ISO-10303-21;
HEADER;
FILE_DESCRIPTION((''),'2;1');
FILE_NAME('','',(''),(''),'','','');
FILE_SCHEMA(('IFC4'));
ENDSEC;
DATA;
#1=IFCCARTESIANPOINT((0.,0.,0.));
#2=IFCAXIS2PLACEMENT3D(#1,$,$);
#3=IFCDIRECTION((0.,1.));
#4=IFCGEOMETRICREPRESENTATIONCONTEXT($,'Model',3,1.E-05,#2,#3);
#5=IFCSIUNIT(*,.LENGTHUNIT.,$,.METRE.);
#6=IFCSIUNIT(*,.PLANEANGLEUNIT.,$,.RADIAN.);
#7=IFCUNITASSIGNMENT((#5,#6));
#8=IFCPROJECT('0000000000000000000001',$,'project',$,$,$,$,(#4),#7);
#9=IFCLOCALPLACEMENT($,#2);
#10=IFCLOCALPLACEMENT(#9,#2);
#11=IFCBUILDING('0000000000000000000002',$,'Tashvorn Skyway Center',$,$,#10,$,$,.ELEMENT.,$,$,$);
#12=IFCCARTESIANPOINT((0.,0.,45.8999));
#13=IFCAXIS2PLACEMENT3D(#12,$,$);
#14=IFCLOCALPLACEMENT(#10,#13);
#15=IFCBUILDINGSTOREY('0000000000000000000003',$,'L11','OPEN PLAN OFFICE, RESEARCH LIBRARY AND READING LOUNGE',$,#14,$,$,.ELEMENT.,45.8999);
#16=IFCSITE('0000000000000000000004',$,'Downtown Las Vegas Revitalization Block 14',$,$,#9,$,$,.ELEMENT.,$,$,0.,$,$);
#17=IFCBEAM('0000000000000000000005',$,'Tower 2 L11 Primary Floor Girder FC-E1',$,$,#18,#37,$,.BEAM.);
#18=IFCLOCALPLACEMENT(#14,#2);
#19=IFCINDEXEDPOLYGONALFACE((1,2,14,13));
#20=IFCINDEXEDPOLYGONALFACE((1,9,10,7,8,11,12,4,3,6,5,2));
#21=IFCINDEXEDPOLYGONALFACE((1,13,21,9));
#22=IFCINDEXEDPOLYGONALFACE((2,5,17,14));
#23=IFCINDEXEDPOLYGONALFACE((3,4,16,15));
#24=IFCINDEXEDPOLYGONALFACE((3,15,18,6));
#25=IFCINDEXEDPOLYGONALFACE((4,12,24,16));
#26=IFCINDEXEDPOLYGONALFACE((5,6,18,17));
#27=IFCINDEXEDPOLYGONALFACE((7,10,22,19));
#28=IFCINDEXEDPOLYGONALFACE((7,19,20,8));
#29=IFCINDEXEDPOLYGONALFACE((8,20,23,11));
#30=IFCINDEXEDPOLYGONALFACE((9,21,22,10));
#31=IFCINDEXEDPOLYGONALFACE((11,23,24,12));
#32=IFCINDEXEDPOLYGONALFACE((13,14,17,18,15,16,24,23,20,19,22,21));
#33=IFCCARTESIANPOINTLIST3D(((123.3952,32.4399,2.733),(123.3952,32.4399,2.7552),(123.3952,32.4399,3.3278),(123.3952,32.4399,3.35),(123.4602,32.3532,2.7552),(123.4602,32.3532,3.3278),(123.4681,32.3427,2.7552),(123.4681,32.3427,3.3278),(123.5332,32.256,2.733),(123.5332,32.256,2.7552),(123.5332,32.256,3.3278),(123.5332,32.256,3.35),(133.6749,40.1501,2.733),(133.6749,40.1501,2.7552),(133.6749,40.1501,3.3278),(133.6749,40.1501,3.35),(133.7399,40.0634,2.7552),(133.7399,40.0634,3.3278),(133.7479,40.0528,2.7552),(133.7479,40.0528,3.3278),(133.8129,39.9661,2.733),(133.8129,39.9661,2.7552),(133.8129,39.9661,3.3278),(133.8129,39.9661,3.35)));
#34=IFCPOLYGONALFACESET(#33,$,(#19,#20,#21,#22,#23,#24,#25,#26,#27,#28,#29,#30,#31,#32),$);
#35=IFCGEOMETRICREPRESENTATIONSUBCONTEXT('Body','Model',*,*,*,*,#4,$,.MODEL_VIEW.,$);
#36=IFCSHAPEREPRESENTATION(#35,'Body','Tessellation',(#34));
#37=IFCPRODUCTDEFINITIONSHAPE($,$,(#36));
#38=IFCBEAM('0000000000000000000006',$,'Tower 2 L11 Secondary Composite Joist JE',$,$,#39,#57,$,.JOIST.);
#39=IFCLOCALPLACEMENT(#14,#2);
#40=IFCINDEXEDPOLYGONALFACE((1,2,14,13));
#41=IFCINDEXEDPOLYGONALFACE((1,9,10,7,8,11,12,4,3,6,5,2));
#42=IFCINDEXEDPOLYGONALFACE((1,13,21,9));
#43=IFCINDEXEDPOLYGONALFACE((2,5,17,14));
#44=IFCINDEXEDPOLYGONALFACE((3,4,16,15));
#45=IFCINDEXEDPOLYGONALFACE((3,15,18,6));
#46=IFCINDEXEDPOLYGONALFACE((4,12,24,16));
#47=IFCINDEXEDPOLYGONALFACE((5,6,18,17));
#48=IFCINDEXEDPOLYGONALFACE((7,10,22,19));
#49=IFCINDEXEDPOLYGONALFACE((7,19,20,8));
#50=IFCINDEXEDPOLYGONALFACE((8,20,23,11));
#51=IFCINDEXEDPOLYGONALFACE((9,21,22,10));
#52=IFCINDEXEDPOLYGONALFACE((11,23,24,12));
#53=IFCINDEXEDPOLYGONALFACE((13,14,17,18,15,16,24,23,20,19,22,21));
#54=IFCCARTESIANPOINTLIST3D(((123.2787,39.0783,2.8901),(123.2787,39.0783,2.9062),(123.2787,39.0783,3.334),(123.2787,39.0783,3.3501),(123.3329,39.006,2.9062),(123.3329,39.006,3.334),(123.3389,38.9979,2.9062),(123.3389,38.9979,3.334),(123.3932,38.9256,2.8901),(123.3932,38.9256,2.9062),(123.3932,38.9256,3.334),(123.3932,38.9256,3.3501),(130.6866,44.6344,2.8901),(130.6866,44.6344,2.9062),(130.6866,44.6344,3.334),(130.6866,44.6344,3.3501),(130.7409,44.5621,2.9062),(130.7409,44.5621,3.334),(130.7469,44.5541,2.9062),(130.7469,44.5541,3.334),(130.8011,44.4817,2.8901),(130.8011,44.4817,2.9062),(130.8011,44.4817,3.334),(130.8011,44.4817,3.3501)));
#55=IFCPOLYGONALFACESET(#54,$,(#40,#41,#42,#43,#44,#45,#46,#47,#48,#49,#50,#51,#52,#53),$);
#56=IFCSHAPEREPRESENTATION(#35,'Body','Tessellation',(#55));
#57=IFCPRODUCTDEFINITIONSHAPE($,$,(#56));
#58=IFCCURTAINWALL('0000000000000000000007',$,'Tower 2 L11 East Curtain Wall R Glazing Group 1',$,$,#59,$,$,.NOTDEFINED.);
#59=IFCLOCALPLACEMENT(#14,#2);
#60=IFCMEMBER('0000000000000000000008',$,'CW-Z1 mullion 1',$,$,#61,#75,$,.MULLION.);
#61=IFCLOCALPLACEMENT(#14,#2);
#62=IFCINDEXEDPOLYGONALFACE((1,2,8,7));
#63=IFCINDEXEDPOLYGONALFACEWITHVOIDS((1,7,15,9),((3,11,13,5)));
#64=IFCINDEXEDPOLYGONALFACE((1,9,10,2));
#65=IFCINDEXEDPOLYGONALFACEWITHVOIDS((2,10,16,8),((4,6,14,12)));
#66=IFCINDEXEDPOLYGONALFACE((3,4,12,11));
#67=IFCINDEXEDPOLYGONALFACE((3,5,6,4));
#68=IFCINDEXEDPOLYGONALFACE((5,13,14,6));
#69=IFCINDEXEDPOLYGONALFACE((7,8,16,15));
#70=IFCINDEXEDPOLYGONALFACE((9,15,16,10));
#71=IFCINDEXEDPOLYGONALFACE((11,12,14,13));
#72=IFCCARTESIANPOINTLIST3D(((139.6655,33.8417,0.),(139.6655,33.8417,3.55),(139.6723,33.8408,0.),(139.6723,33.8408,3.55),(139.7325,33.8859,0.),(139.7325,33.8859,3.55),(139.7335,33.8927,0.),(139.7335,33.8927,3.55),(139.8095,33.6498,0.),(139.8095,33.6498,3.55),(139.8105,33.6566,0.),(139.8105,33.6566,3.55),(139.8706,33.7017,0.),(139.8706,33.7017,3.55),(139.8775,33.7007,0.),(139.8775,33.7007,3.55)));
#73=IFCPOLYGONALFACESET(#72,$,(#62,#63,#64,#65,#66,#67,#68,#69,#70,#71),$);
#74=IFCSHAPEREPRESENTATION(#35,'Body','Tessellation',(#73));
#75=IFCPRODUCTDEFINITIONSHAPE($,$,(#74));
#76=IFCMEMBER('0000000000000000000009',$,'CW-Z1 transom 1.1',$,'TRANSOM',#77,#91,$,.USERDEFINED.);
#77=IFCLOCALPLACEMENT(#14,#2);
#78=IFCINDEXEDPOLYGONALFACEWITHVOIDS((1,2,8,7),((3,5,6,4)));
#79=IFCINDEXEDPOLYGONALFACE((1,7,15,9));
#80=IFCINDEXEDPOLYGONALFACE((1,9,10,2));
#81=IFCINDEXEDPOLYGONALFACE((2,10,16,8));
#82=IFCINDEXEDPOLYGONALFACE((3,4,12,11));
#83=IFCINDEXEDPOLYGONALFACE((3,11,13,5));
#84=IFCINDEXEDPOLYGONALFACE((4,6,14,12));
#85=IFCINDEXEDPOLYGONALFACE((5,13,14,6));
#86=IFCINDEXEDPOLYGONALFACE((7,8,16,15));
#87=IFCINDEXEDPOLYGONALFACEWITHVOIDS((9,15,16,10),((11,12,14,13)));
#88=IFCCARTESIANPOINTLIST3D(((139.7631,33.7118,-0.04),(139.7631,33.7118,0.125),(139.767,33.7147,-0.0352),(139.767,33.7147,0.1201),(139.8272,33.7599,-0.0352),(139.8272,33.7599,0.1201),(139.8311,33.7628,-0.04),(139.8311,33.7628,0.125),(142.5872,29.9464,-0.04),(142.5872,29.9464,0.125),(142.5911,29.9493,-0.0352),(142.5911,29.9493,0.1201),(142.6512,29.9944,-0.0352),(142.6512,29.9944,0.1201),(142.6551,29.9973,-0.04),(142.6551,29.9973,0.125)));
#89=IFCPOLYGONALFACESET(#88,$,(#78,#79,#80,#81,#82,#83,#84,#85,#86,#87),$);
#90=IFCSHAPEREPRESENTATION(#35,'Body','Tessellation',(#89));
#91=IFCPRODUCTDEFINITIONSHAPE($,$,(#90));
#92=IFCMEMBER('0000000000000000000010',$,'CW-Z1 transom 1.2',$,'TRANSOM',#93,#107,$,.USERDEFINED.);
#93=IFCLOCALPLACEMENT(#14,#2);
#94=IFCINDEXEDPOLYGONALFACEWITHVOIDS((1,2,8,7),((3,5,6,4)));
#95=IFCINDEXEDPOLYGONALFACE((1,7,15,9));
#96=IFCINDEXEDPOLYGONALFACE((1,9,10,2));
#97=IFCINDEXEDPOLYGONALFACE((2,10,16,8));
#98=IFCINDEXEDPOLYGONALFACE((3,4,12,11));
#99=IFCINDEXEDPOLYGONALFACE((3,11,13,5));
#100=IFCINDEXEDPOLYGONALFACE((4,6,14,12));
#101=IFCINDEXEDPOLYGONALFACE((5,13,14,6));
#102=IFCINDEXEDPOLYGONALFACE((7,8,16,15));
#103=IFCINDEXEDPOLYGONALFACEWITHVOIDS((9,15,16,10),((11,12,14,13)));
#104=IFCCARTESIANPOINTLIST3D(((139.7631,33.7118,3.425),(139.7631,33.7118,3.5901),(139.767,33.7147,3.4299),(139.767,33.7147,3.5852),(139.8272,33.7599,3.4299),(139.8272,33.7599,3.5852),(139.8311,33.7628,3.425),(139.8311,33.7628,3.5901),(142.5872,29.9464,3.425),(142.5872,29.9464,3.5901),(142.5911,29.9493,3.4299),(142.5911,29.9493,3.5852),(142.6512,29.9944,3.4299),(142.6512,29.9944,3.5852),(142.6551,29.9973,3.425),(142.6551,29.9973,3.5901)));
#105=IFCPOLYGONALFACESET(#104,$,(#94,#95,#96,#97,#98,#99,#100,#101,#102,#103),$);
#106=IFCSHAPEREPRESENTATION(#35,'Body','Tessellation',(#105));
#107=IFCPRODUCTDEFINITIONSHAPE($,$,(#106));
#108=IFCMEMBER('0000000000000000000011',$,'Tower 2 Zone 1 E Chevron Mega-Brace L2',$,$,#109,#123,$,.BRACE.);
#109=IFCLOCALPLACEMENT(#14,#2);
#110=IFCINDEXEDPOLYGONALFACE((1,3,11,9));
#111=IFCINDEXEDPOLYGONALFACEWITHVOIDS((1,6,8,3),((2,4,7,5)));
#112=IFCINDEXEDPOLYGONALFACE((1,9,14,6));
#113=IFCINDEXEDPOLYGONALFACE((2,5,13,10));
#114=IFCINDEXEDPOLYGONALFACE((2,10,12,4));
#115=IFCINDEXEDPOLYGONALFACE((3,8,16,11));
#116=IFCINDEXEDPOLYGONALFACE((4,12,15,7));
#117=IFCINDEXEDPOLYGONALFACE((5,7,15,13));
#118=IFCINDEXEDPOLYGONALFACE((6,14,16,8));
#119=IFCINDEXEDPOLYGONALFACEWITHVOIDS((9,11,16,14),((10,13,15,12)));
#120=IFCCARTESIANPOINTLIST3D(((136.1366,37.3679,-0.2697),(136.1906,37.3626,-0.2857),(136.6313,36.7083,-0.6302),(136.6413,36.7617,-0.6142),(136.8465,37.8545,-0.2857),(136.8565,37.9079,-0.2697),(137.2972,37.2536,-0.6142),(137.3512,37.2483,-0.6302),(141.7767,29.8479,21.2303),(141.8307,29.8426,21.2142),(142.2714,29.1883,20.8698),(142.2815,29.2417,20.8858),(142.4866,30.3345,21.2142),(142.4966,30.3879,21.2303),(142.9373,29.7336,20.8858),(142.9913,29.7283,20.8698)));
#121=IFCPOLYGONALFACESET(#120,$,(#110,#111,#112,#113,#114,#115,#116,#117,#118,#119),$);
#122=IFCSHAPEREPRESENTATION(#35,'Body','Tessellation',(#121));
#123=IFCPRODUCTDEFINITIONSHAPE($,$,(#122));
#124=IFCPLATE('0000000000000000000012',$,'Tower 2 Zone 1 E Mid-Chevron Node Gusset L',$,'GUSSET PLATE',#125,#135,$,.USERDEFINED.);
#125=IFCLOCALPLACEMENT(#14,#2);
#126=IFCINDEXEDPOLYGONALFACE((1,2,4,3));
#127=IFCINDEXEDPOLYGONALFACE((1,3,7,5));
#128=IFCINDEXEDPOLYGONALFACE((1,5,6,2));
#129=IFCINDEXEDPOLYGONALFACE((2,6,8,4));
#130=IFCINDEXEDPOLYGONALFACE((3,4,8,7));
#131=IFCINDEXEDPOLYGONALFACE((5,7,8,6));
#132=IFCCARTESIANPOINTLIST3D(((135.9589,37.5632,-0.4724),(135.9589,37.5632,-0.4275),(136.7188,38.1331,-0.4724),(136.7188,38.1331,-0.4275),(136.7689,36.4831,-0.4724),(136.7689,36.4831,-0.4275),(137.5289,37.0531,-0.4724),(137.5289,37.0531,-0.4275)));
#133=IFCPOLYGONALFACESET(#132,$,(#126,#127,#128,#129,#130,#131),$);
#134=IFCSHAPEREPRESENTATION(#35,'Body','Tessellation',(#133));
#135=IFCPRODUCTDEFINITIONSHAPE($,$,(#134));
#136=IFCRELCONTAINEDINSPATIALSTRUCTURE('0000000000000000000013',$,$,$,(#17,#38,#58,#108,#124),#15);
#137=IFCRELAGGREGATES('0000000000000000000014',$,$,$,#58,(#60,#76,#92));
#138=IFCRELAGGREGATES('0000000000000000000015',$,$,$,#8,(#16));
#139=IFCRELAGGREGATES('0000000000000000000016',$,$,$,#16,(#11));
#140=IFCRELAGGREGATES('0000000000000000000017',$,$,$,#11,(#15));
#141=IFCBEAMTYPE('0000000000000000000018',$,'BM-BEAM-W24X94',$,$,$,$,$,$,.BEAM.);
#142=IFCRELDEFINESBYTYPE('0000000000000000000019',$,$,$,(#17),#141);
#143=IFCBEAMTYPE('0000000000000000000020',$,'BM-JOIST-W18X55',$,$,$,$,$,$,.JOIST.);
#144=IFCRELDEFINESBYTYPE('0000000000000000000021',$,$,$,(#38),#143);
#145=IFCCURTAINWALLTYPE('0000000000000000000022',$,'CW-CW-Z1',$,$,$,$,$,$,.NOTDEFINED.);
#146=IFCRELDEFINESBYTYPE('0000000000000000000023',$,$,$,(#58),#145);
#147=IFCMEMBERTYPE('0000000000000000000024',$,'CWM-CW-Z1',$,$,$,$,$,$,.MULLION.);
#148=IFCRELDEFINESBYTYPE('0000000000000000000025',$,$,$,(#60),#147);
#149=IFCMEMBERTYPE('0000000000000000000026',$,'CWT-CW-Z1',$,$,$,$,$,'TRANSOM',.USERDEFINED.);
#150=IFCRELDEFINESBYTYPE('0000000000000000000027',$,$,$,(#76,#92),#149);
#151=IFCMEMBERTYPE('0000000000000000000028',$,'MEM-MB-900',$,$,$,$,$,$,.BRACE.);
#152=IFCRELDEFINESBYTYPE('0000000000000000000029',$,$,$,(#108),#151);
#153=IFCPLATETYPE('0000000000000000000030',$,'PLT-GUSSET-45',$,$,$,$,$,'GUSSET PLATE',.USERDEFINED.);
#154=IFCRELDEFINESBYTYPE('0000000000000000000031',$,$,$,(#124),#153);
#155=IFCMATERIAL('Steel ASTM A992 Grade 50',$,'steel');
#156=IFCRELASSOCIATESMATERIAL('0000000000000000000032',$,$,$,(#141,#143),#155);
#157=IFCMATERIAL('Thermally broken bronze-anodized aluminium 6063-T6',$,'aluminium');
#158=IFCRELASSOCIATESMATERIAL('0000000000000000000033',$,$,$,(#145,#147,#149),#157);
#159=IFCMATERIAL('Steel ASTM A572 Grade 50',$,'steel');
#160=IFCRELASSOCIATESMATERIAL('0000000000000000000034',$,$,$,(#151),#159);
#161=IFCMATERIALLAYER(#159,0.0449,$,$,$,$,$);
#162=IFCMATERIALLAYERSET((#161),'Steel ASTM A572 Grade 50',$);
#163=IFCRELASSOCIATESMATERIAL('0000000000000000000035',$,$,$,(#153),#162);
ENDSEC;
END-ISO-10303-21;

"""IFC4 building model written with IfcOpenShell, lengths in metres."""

from ifc_helpers import new_model, si_unit, direction, frame, origin, origin_2d, place, context, subcontext, project, spatial, rectangle, hollow_rectangle, i_section, extrude, material, layer, layer_set, material_profile, profile_set, type_object, element, aggregate, save


model = new_model("IFC4")

# Units and contexts
model_context = context("Model", 3, precision=1e-05, world=origin(), true_north=direction((0.0, 1.0)))
body_context = subcontext(model_context, "Body", "Model", "MODEL_VIEW")
ifc_project = project(units=[si_unit("LENGTHUNIT", "METRE"), si_unit("PLANEANGLEUNIT", "RADIAN")], contexts=[model_context])

# Site, building, storey
site_placement = place(None, origin())
site = spatial("IfcSite", under=ifc_project, at=site_placement, Name="Downtown Las Vegas Revitalization Block 14", CompositionType="ELEMENT", RefElevation=0.0)
building_placement = place(site_placement, origin())
building = spatial("IfcBuilding", under=site, at=building_placement, Name="Tashvorn Skyway Center", CompositionType="ELEMENT")
storey_placement = place(building_placement, frame((0.0, 0.0, 45.8999)))
storey = spatial("IfcBuildingStorey", under=building, at=storey_placement, Name="L11", Description="OPEN PLAN OFFICE, RESEARCH LIBRARY AND READING LOUNGE", CompositionType="ELEMENT", Elevation=45.8999)

# Beams
ifc_material_1 = material(Name="Steel ASTM A992 Grade 50", Category="steel")
ifc_material_profile_1 = material_profile(ifc_material_1, i_section(OverallWidth=0.23, OverallDepth=0.6169, WebThickness=0.0132, FlangeThickness=0.0222, at=origin_2d()), Name="W24X94")
ifc_profile_set_1 = profile_set([ifc_material_profile_1], Name="Steel ASTM A992 Grade 50")
beam_type_1 = type_object("IfcBeamType", Name="BM-BEAM-W24X94", PredefinedType="BEAM", material=ifc_profile_set_1)
beam_1_placement = place(storey_placement, frame((133.7439, 40.0581, 3.0415), z_axis=(-0.799986, -0.600018, 0.0), x_axis=(0.600018, -0.799986, 0.0)))
element("IfcBeam", 1, at=beam_1_placement, inside=storey, type_object=beam_type_1, Name="Tower 2 L11 Primary Floor Girder FC-E1", PredefinedType="BEAM", context=body_context, shape_type="SweptSolid", body=[
    extrude(i_section(OverallWidth=0.23, OverallDepth=0.6169, WebThickness=0.0132, FlangeThickness=0.0222, at=origin_2d()), origin(), (0.0, 0.0, 1.0), 12.8499),
])
ifc_material_profile_2 = material_profile(ifc_material_1, i_section(OverallWidth=0.1909, OverallDepth=0.46, WebThickness=0.01, FlangeThickness=0.0161, at=origin_2d()), Name="W18X55")
ifc_profile_set_2 = profile_set([ifc_material_profile_2], Name="Steel ASTM A992 Grade 50")
beam_type_2 = type_object("IfcBeamType", Name="BM-JOIST-W18X55", PredefinedType="JOIST", material=ifc_profile_set_2)
beam_2_placement = place(storey_placement, frame((123.3359, 39.002, 3.1201), z_axis=(0.799991, 0.600013, 0.0), x_axis=(-0.600013, 0.799991, 0.0)))
element("IfcBeam", 2, at=beam_2_placement, inside=storey, type_object=beam_type_2, Name="Tower 2 L11 Secondary Composite Joist JE", PredefinedType="JOIST", context=body_context, shape_type="SweptSolid", body=[
    extrude(i_section(OverallWidth=0.1909, OverallDepth=0.46, WebThickness=0.01, FlangeThickness=0.0161, at=origin_2d()), origin(), (0.0, 0.0, 1.0), 9.26),
])

# Curtain wall, members
ifc_material_2 = material(Name="Thermally broken bronze-anodized aluminium 6063-T6", Category="aluminium")
curtain_wall_type = type_object("IfcCurtainWallType", Name="CW-CW-Z1", PredefinedType="NOTDEFINED", material=ifc_material_2)
curtain_wall_placement = place(storey_placement, origin())
curtain_wall = element("IfcCurtainWall", 3, at=curtain_wall_placement, inside=storey, type_object=curtain_wall_type, Name="Tower 2 L11 East Curtain Wall R Glazing Group 1", PredefinedType="NOTDEFINED")
ifc_material_profile_3 = material_profile(ifc_material_2, hollow_rectangle(XDim=0.085, YDim=0.24, WallThickness=0.0049, at=origin_2d()), Name="ALU-MULL-85x240")
ifc_profile_set_3 = profile_set([ifc_material_profile_3], Name="Thermally broken bronze-anodized aluminium 6063-T6")
member_type_1 = type_object("IfcMemberType", Name="CWM-CW-Z1", PredefinedType="MULLION", material=ifc_profile_set_3)
member_1_placement = place(storey_placement, frame((139.7715, 33.7712, 0.0), z_axis=(0.0, 0.0, 1.0), x_axis=(0.799998, 0.600003, 0.0)))
member_1 = element("IfcMember", 4, at=member_1_placement, type_object=member_type_1, Name="CW-Z1 mullion 1", PredefinedType="MULLION", context=body_context, shape_type="SweptSolid", body=[
    extrude(hollow_rectangle(XDim=0.085, YDim=0.24, WallThickness=0.0049, at=origin_2d()), origin(), (0.0, 0.0, 1.0), 3.55),
])
ifc_material_profile_4 = material_profile(ifc_material_2, hollow_rectangle(XDim=0.085, YDim=0.165, WallThickness=0.0049, at=origin_2d()), Name="ALU-TRAN-85x165")
ifc_profile_set_4 = profile_set([ifc_material_profile_4], Name="Thermally broken bronze-anodized aluminium 6063-T6")
member_type_2 = type_object("IfcMemberType", Name="CWT-CW-Z1", ElementType="TRANSOM", PredefinedType="USERDEFINED", material=ifc_profile_set_4)
member_2_placement = place(storey_placement, frame((139.7971, 33.7373, 0.0425), z_axis=(0.599992, -0.800006, 0.0), x_axis=(0.800006, 0.599992, 0.0)))
member_2 = element("IfcMember", 5, at=member_2_placement, type_object=member_type_2, Name="CW-Z1 transom 1.1", ObjectType="TRANSOM", PredefinedType="USERDEFINED", context=body_context, shape_type="SweptSolid", body=[
    extrude(hollow_rectangle(XDim=0.085, YDim=0.165, WallThickness=0.0049, at=origin_2d()), origin(), (0.0, 0.0, 1.0), 4.7068),
])
member_3_placement = place(storey_placement, frame((139.7971, 33.7373, 3.5076), z_axis=(0.599992, -0.800006, 0.0), x_axis=(0.800006, 0.599992, 0.0)))
member_3 = element("IfcMember", 6, at=member_3_placement, type_object=member_type_2, Name="CW-Z1 transom 1.2", ObjectType="TRANSOM", PredefinedType="USERDEFINED", context=body_context, shape_type="SweptSolid", body=[
    extrude(hollow_rectangle(XDim=0.085, YDim=0.165, WallThickness=0.0049, at=origin_2d()), origin(), (0.0, 0.0, 1.0), 4.7068),
])
aggregate(curtain_wall, [member_1, member_2, member_3])

# Member
ifc_material_3 = material(Name="Steel ASTM A572 Grade 50", Category="steel")
ifc_material_profile_5 = material_profile(ifc_material_3, hollow_rectangle(XDim=0.8999, YDim=0.8999, WallThickness=0.04, at=origin_2d()), Name="BOX900x900x40")
ifc_profile_set_5 = profile_set([ifc_material_profile_5], Name="Steel ASTM A572 Grade 50")
member_type_3 = type_object("IfcMemberType", Name="MEM-MB-900", PredefinedType="BRACE", material=ifc_profile_set_5)
member_4_placement = place(storey_placement, frame((136.7439, 37.3081, -0.45), z_axis=(0.240363, -0.320477, 0.916254), x_axis=(0.799994, 0.600008, 0.0)))
element("IfcMember", 7, at=member_4_placement, inside=storey, type_object=member_type_3, Name="Tower 2 Zone 1 E Chevron Mega-Brace L2", PredefinedType="BRACE", context=body_context, shape_type="SweptSolid", body=[
    extrude(hollow_rectangle(XDim=0.8999, YDim=0.8999, WallThickness=0.04, at=origin_2d()), origin(), (0.0, 0.0, 1.0), 23.4651),
])

# Plate
ifc_layer_1 = layer(ifc_material_3, 0.0449)
ifc_layer_set_1 = layer_set([ifc_layer_1], Name="Steel ASTM A572 Grade 50")
plate_type = type_object("IfcPlateType", Name="PLT-GUSSET-45", ElementType="GUSSET PLATE", PredefinedType="USERDEFINED", material=ifc_layer_set_1)
plate_placement = place(storey_placement, frame((136.7439, 37.3081, -0.4724), z_axis=(0.0, 0.0, 1.0), x_axis=(-0.6, 0.8, 0.0)))
element("IfcPlate", 8, at=plate_placement, inside=storey, type_object=plate_type, Name="Tower 2 Zone 1 E Mid-Chevron Node Gusset L", ObjectType="GUSSET PLATE", PredefinedType="USERDEFINED", context=body_context, shape_type="SweptSolid", body=[
    extrude(rectangle(XDim=1.3501, YDim=0.95, at=origin_2d()), origin(), (0.0, 0.0, 1.0), 0.0449),
])

save(model, "model.ifc")
